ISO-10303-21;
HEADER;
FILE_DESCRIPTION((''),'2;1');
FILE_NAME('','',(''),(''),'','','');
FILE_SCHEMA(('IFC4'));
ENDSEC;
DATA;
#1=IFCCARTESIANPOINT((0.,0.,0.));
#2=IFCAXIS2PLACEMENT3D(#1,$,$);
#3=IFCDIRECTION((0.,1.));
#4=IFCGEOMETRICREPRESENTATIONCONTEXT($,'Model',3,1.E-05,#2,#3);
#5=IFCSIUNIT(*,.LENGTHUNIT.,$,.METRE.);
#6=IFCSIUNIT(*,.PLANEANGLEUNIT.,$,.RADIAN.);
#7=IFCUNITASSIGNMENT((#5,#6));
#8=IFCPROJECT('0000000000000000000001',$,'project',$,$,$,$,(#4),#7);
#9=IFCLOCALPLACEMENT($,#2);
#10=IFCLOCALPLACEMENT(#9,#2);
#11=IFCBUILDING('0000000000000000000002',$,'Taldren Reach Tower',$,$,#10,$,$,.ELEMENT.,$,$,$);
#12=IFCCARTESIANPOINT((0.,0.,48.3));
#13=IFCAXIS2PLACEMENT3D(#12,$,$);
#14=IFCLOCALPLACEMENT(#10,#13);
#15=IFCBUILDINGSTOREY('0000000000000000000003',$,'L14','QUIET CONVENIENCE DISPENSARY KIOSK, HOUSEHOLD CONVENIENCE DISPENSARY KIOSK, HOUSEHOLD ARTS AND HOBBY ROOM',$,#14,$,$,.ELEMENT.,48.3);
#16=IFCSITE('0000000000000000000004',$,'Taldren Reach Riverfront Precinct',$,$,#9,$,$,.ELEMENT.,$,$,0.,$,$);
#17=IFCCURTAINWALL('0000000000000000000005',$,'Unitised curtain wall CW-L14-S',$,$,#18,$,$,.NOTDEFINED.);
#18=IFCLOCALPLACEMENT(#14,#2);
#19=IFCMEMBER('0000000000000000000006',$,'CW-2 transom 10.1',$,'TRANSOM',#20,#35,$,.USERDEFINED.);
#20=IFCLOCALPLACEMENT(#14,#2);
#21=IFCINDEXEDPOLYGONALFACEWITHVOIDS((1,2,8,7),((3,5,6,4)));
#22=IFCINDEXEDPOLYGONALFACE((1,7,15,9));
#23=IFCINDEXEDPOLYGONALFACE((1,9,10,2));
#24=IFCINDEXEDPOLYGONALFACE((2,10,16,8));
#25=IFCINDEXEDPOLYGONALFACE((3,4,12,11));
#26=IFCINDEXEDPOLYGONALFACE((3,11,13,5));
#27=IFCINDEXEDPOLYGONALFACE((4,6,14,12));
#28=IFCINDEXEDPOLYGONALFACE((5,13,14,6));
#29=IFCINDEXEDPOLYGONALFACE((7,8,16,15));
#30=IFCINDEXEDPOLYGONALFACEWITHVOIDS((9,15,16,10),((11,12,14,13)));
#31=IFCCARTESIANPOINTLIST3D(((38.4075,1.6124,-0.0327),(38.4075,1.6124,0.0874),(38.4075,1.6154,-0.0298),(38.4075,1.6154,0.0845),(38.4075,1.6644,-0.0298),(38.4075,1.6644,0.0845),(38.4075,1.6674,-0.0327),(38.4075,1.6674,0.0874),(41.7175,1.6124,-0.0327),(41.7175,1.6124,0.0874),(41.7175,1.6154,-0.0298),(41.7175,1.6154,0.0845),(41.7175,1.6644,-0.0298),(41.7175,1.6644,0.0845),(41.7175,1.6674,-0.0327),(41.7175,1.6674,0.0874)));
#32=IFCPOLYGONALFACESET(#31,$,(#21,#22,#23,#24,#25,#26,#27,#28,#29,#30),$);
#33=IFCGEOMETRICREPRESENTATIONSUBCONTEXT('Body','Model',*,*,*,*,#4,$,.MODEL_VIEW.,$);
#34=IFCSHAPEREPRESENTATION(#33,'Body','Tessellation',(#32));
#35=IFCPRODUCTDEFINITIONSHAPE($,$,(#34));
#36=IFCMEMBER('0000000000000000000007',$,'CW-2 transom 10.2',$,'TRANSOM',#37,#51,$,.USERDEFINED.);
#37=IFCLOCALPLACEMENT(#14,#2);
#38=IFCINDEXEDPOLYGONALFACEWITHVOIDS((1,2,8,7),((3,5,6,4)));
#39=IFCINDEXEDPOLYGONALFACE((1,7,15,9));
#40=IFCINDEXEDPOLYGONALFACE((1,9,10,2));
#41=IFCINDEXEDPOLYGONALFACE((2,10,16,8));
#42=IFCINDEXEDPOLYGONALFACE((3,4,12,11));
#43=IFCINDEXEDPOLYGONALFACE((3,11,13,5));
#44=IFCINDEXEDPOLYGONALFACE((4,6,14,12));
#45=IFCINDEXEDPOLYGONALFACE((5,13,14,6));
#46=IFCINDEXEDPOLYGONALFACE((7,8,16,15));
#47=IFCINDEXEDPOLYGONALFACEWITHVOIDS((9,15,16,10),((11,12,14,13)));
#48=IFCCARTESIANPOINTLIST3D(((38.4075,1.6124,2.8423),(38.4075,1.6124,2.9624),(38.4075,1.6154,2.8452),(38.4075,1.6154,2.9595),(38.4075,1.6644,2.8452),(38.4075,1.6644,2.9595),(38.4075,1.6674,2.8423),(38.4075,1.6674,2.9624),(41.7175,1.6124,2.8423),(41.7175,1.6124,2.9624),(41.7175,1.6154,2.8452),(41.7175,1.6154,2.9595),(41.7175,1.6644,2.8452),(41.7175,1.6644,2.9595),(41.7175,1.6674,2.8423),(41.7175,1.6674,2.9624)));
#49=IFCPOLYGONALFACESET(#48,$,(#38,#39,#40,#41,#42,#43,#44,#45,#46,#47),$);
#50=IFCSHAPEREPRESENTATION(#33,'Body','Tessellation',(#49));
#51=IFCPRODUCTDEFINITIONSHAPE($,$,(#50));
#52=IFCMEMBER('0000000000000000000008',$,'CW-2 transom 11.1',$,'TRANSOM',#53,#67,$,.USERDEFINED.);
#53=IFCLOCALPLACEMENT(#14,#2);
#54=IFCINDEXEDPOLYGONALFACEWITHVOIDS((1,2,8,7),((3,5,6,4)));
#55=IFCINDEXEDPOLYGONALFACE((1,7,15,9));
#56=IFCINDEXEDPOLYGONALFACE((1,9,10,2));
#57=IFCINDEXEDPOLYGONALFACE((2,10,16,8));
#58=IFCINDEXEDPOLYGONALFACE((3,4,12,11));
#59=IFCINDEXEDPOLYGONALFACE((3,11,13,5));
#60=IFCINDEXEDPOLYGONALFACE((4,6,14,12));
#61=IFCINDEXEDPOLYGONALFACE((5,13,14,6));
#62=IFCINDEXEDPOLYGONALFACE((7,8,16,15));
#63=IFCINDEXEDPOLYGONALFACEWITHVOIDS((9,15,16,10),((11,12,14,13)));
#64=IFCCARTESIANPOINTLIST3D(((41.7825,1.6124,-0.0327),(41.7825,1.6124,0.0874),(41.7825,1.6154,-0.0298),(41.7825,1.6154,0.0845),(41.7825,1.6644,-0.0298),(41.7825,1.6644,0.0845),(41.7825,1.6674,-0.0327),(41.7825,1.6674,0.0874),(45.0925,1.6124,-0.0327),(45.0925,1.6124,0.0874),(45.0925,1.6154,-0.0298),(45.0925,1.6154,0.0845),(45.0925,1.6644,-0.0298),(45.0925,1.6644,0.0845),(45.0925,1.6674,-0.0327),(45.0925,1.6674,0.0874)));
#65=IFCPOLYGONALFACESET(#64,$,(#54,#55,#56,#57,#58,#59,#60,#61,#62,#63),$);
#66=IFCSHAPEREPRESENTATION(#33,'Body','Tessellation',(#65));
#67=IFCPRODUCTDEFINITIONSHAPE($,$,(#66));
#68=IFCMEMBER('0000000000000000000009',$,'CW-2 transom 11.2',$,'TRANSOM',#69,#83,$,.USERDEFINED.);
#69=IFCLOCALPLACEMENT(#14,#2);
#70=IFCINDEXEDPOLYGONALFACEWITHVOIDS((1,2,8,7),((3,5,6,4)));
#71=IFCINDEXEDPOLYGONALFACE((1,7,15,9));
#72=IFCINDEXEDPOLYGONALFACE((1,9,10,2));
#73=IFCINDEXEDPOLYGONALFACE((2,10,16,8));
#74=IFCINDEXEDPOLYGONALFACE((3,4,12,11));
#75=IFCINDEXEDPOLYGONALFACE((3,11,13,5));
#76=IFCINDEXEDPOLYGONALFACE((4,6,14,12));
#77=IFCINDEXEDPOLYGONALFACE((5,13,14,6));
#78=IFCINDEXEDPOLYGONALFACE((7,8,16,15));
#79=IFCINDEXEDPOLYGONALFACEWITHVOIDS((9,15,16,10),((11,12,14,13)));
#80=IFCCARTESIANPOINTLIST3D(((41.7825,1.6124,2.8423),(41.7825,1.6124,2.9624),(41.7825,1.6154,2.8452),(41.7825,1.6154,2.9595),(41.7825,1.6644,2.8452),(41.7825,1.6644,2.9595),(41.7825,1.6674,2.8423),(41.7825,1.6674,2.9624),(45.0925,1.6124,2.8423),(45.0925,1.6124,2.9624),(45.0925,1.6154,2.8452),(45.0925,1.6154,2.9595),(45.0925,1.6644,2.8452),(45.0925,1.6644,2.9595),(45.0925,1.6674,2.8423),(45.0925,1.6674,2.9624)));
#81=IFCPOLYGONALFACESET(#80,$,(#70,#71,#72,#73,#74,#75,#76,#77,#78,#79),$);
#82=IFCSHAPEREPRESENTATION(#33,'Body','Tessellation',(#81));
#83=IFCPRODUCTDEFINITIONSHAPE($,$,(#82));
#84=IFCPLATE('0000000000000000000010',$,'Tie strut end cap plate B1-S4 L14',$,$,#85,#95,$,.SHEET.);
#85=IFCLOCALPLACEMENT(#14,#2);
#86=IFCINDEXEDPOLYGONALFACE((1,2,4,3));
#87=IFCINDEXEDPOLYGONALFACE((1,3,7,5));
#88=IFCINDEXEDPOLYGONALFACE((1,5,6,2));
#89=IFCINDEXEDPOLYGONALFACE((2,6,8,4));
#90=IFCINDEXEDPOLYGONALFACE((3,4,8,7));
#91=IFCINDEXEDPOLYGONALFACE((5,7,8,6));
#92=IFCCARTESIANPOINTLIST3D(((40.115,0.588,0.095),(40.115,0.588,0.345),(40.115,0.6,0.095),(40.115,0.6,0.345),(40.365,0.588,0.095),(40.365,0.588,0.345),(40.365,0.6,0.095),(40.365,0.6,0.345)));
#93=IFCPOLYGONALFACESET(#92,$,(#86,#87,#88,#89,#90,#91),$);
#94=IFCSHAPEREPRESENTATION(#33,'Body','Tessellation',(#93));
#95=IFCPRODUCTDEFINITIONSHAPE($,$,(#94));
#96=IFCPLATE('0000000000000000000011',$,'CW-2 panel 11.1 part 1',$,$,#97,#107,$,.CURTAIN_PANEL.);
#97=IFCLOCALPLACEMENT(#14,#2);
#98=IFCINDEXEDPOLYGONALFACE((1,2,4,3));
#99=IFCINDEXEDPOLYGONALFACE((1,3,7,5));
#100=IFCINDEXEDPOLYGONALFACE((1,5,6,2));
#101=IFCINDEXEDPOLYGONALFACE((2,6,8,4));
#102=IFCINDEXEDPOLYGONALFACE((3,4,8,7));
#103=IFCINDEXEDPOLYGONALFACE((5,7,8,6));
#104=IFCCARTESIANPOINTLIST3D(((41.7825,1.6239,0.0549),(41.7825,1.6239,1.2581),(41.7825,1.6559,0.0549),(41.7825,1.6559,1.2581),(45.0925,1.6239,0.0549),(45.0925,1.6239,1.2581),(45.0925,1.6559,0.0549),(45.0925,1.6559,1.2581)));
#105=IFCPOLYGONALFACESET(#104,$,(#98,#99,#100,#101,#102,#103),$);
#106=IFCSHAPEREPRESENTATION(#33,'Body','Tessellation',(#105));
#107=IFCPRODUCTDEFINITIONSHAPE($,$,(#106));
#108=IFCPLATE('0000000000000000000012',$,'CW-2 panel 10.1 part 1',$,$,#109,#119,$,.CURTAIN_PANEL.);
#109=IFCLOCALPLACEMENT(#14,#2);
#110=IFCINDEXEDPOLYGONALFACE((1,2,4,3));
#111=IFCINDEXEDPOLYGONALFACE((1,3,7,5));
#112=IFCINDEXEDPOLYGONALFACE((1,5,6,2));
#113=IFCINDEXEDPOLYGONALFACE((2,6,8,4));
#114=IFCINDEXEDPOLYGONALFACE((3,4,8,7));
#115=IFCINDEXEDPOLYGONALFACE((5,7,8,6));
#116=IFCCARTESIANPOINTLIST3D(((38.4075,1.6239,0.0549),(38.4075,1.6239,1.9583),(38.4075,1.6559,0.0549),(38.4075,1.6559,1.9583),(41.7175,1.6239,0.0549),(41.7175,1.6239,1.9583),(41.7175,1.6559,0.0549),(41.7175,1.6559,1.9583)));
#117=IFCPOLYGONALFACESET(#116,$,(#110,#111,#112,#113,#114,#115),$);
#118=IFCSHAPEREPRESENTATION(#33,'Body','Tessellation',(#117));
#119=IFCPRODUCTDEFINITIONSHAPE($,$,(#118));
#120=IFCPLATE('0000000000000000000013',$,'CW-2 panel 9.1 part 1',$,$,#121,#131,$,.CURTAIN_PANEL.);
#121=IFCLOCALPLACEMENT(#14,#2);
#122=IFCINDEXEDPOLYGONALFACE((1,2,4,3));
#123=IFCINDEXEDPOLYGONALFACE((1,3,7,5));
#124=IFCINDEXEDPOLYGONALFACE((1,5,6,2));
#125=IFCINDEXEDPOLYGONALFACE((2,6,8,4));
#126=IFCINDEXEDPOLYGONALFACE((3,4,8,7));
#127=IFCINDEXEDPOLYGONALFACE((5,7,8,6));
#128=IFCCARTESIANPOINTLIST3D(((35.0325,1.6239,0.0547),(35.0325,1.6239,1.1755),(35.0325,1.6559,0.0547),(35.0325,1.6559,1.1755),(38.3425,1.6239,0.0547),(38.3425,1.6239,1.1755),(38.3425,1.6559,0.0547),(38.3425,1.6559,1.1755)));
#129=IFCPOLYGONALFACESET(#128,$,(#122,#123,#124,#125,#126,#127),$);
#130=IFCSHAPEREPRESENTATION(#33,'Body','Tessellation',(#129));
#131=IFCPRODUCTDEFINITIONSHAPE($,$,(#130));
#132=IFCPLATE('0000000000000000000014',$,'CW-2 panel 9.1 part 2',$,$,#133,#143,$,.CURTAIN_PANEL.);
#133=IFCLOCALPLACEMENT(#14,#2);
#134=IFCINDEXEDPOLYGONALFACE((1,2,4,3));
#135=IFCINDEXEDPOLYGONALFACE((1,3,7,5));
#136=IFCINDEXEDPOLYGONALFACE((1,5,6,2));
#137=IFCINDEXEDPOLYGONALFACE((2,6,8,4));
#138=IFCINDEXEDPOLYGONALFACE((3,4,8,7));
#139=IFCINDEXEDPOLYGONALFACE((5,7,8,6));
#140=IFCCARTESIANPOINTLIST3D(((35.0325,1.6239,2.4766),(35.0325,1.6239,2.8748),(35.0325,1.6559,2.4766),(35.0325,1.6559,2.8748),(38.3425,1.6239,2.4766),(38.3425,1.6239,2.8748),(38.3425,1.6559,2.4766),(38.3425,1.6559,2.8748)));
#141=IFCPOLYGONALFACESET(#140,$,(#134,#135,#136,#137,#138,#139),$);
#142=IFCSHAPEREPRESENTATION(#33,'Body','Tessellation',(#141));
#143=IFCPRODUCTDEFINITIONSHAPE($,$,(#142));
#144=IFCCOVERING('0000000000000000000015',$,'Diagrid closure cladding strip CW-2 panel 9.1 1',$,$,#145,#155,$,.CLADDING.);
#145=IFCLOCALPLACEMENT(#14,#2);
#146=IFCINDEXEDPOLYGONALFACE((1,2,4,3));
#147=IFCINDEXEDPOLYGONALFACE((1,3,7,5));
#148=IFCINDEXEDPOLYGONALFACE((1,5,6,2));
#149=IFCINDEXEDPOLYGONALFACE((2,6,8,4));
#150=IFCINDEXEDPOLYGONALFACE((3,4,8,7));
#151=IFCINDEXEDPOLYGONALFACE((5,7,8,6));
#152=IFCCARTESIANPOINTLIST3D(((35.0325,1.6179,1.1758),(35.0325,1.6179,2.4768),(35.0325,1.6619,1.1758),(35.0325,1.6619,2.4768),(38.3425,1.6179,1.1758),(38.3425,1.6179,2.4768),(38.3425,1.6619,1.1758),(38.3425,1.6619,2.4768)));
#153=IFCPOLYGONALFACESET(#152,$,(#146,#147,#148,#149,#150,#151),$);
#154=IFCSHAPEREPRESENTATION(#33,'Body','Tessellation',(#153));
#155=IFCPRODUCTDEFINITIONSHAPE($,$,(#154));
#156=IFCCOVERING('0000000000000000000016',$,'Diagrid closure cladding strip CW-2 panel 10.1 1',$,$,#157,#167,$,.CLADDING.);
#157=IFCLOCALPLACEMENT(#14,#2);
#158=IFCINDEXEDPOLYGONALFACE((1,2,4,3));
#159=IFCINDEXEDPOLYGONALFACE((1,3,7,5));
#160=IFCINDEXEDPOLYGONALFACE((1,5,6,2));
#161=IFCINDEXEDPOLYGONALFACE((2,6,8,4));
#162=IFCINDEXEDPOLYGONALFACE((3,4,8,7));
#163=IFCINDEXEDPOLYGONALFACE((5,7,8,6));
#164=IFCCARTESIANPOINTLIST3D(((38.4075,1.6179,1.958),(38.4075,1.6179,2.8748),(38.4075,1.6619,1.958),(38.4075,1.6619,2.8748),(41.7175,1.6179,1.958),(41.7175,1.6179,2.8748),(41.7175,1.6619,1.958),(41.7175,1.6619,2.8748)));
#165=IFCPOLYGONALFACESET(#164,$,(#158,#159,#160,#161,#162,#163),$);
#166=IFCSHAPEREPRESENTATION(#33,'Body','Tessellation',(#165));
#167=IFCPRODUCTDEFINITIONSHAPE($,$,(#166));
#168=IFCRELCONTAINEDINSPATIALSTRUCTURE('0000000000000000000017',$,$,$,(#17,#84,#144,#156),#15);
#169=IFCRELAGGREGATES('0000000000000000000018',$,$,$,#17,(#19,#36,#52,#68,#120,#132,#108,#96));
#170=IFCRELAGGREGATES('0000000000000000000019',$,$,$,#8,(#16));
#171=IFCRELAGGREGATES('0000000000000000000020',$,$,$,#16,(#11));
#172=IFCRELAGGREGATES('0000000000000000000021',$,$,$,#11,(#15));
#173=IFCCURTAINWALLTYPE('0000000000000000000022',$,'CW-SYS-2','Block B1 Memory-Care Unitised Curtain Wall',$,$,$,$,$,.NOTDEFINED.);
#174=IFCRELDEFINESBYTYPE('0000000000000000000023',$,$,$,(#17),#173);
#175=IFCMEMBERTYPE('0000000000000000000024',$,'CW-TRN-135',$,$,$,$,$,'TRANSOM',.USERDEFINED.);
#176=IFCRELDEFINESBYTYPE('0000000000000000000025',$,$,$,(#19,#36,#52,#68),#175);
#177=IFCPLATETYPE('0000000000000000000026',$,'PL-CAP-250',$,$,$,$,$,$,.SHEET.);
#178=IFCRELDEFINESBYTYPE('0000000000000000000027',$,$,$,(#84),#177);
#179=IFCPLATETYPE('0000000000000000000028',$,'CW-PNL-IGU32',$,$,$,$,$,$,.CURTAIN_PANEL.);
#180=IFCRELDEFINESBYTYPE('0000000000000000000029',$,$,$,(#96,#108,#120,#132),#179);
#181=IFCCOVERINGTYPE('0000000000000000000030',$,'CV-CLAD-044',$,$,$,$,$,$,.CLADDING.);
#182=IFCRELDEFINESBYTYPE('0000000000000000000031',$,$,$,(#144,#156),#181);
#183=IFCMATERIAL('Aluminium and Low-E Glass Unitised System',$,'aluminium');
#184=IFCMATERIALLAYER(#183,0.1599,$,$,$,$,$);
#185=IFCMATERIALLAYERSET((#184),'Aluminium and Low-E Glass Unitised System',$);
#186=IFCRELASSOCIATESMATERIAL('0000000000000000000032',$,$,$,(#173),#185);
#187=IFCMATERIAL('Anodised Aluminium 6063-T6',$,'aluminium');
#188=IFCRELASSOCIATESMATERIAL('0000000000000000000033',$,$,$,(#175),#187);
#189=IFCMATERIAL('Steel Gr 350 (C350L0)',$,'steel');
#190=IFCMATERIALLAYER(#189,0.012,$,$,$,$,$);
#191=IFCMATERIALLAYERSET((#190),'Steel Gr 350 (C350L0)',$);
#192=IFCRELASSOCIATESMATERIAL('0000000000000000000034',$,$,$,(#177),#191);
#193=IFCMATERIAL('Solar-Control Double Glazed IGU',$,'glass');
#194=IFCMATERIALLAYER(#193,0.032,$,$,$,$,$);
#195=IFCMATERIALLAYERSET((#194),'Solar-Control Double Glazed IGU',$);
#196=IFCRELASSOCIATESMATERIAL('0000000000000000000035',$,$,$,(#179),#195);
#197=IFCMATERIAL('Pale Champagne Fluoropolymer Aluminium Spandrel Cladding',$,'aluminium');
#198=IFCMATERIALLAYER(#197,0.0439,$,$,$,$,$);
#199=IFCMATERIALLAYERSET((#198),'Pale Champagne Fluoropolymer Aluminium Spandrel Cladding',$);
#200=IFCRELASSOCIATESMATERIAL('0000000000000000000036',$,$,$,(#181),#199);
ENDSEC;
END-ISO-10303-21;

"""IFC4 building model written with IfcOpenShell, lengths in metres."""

from ifc_helpers import new_model, si_unit, direction, frame, origin, origin_2d, place, context, subcontext, project, spatial, rectangle, hollow_rectangle, extrude, source, transform, mapped, material, layer, layer_set, material_profile, profile_set, type_object, element, aggregate, save


model = new_model("IFC4")

# Units and contexts
model_context = context("Model", 3, precision=1e-05, world=origin(), true_north=direction((0.0, 1.0)))
body_context = subcontext(model_context, "Body", "Model", "MODEL_VIEW")
ifc_project = project(units=[si_unit("LENGTHUNIT", "METRE"), si_unit("PLANEANGLEUNIT", "RADIAN")], contexts=[model_context])

# Site, building, storey
site_placement = place(None, origin())
site = spatial("IfcSite", under=ifc_project, at=site_placement, Name="Taldren Reach Riverfront Precinct", CompositionType="ELEMENT", RefElevation=0.0)
building_placement = place(site_placement, origin())
building = spatial("IfcBuilding", under=site, at=building_placement, Name="Taldren Reach Tower", CompositionType="ELEMENT")
storey_placement = place(building_placement, frame((0.0, 0.0, 48.3)))
storey = spatial("IfcBuildingStorey", under=building, at=storey_placement, Name="L14", Description="QUIET CONVENIENCE DISPENSARY KIOSK, HOUSEHOLD CONVENIENCE DISPENSARY KIOSK, HOUSEHOLD ARTS AND HOBBY ROOM", CompositionType="ELEMENT", Elevation=48.3)

# Shared definitions
ifc_material_1 = material(Name="Steel Gr 350 (C350L0)", Category="steel")

# Curtain wall, members
ifc_material_2 = material(Name="Aluminium and Low-E Glass Unitised System", Category="aluminium")
ifc_layer_1 = layer(ifc_material_2, 0.1599)
ifc_layer_set_1 = layer_set([ifc_layer_1], Name="Aluminium and Low-E Glass Unitised System")
curtain_wall_type = type_object("IfcCurtainWallType", Name="CW-SYS-2", Description="Block B1 Memory-Care Unitised Curtain Wall", PredefinedType="NOTDEFINED", material=ifc_layer_set_1)
curtain_wall_placement = place(storey_placement, origin())
curtain_wall = element("IfcCurtainWall", 1, at=curtain_wall_placement, inside=storey, type_object=curtain_wall_type, Name="Unitised curtain wall CW-L14-S", PredefinedType="NOTDEFINED")
ifc_material_3 = material(Name="Anodised Aluminium 6063-T6", Category="aluminium")
ifc_material_profile_1 = material_profile(ifc_material_3, hollow_rectangle(XDim=0.0549, YDim=0.1201, WallThickness=0.0029, at=origin_2d()), Name="ALU-120x55x3RHS")
ifc_profile_set_1 = profile_set([ifc_material_profile_1], Name="Anodised Aluminium 6063-T6")
member_type_1 = type_object("IfcMemberType", Name="CW-TRN-135", ElementType="TRANSOM", PredefinedType="USERDEFINED", material=ifc_profile_set_1)
shared_shape_1 = source(origin(), body_context, "Body", "SweptSolid", [
    extrude(hollow_rectangle(XDim=0.0549, YDim=0.1201, WallThickness=0.0029, at=origin_2d()), origin(), (0.0, 0.0, 1.0), 3.3101),
])
member_1_placement = place(storey_placement, frame((38.4075, 1.6399, 0.0273), z_axis=(1.0, 0.0, 0.0), x_axis=(0.0, 1.0, 0.0)))
member_1 = element("IfcMember", 2, at=member_1_placement, type_object=member_type_1, Name="CW-2 transom 10.1", ObjectType="TRANSOM", PredefinedType="USERDEFINED", context=body_context, shape_type="MappedRepresentation", body=[
    mapped(shared_shape_1, transform((0.0, 0.0, 0.0), scale=1.0)),
])
member_2_placement = place(storey_placement, frame((38.4075, 1.6399, 2.9023), z_axis=(1.0, 0.0, 0.0), x_axis=(0.0, 1.0, 0.0)))
member_2 = element("IfcMember", 3, at=member_2_placement, type_object=member_type_1, Name="CW-2 transom 10.2", ObjectType="TRANSOM", PredefinedType="USERDEFINED", context=body_context, shape_type="MappedRepresentation", body=[
    mapped(shared_shape_1, transform((0.0, 0.0, 0.0), scale=1.0)),
])
member_3_placement = place(storey_placement, frame((41.7825, 1.6399, 0.0273), z_axis=(1.0, 0.0, 0.0), x_axis=(0.0, 1.0, 0.0)))
member_3 = element("IfcMember", 4, at=member_3_placement, type_object=member_type_1, Name="CW-2 transom 11.1", ObjectType="TRANSOM", PredefinedType="USERDEFINED", context=body_context, shape_type="MappedRepresentation", body=[
    mapped(shared_shape_1, transform((0.0, 0.0, 0.0), scale=1.0)),
])
member_4_placement = place(storey_placement, frame((41.7825, 1.6399, 2.9023), z_axis=(1.0, 0.0, 0.0), x_axis=(0.0, 1.0, 0.0)))
member_4 = element("IfcMember", 5, at=member_4_placement, type_object=member_type_1, Name="CW-2 transom 11.2", ObjectType="TRANSOM", PredefinedType="USERDEFINED", context=body_context, shape_type="MappedRepresentation", body=[
    mapped(shared_shape_1, transform((0.0, 0.0, 0.0), scale=1.0)),
])

# Plates
ifc_layer_2 = layer(ifc_material_1, 0.012)
ifc_layer_set_2 = layer_set([ifc_layer_2], Name="Steel Gr 350 (C350L0)")
plate_type_1 = type_object("IfcPlateType", Name="PL-CAP-250", PredefinedType="SHEET", material=ifc_layer_set_2)
shared_shape_2 = source(origin(), body_context, "Body", "SweptSolid", [
    extrude(rectangle(XDim=0.25, YDim=0.012, at=origin_2d()), origin(), (0.0, 0.0, 1.0), 0.25),
])
plate_1_placement = place(storey_placement, frame((40.24, 0.594, 0.095), z_axis=(0.0, 0.0, 1.0), x_axis=(1.0, 0.0, 0.0)))
element("IfcPlate", 6, at=plate_1_placement, inside=storey, type_object=plate_type_1, Name="Tie strut end cap plate B1-S4 L14", PredefinedType="SHEET", context=body_context, shape_type="MappedRepresentation", body=[
    mapped(shared_shape_2, transform((0.0, 0.0, 0.0), scale=1.0)),
])
ifc_material_4 = material(Name="Solar-Control Double Glazed IGU", Category="glass")
ifc_layer_3 = layer(ifc_material_4, 0.032)
ifc_layer_set_3 = layer_set([ifc_layer_3], Name="Solar-Control Double Glazed IGU")
plate_type_2 = type_object("IfcPlateType", Name="CW-PNL-IGU32", PredefinedType="CURTAIN_PANEL", material=ifc_layer_set_3)
shared_shape_3 = source(origin(), body_context, "Body", "SweptSolid", [
    extrude(rectangle(XDim=3.3101, YDim=0.032, at=origin_2d()), origin(), (0.0, 0.0, 1.0), 1.2031),
])
plate_2_placement = place(storey_placement, frame((43.4375, 1.6399, 0.0549), z_axis=(0.0, 0.0, 1.0), x_axis=(1.0, 0.0, 0.0)))
plate_2 = element("IfcPlate", 7, at=plate_2_placement, type_object=plate_type_2, Name="CW-2 panel 11.1 part 1", PredefinedType="CURTAIN_PANEL", context=body_context, shape_type="MappedRepresentation", body=[
    mapped(shared_shape_3, transform((0.0, 0.0, 0.0), scale=1.0)),
])
shared_shape_4 = source(origin(), body_context, "Body", "SweptSolid", [
    extrude(rectangle(XDim=3.3101, YDim=0.032, at=origin_2d()), origin(), (0.0, 0.0, 1.0), 1.9033),
])
plate_3_placement = place(storey_placement, frame((40.0625, 1.6399, 0.0549), z_axis=(0.0, 0.0, 1.0), x_axis=(1.0, 0.0, 0.0)))
plate_3 = element("IfcPlate", 8, at=plate_3_placement, type_object=plate_type_2, Name="CW-2 panel 10.1 part 1", PredefinedType="CURTAIN_PANEL", context=body_context, shape_type="MappedRepresentation", body=[
    mapped(shared_shape_4, transform((0.0, 0.0, 0.0), scale=1.0)),
])
shared_shape_5 = source(origin(), body_context, "Body", "SweptSolid", [
    extrude(rectangle(XDim=3.3101, YDim=0.032, at=origin_2d()), origin(), (0.0, 0.0, 1.0), 1.1208),
])
plate_4_placement = place(storey_placement, frame((36.6875, 1.6399, 0.0547), z_axis=(0.0, 0.0, 1.0), x_axis=(1.0, 0.0, 0.0)))
plate_4 = element("IfcPlate", 9, at=plate_4_placement, type_object=plate_type_2, Name="CW-2 panel 9.1 part 1", PredefinedType="CURTAIN_PANEL", context=body_context, shape_type="MappedRepresentation", body=[
    mapped(shared_shape_5, transform((0.0, 0.0, 0.0), scale=1.0)),
])
shared_shape_6 = source(origin(), body_context, "Body", "SweptSolid", [
    extrude(rectangle(XDim=3.3101, YDim=0.032, at=origin_2d()), origin(), (0.0, 0.0, 1.0), 0.3982),
])
plate_5_placement = place(storey_placement, frame((36.6875, 1.6399, 2.4766), z_axis=(0.0, 0.0, 1.0), x_axis=(1.0, 0.0, 0.0)))
plate_5 = element("IfcPlate", 10, at=plate_5_placement, type_object=plate_type_2, Name="CW-2 panel 9.1 part 2", PredefinedType="CURTAIN_PANEL", context=body_context, shape_type="MappedRepresentation", body=[
    mapped(shared_shape_6, transform((0.0, 0.0, 0.0), scale=1.0)),
])
aggregate(curtain_wall, [member_1, member_2, member_3, member_4, plate_4, plate_5, plate_3, plate_2])

# Coverings
ifc_material_5 = material(Name="Pale Champagne Fluoropolymer Aluminium Spandrel Cladding", Category="aluminium")
ifc_layer_4 = layer(ifc_material_5, 0.0439)
ifc_layer_set_4 = layer_set([ifc_layer_4], Name="Pale Champagne Fluoropolymer Aluminium Spandrel Cladding")
covering_type = type_object("IfcCoveringType", Name="CV-CLAD-044", PredefinedType="CLADDING", material=ifc_layer_set_4)
shared_shape_7 = source(origin(), body_context, "Body", "SweptSolid", [
    extrude(rectangle(XDim=3.3101, YDim=0.0439, at=origin_2d()), origin(), (0.0, 0.0, 1.0), 1.301),
])
covering_1_placement = place(storey_placement, frame((36.6875, 1.6399, 1.1758), z_axis=(0.0, 0.0, 1.0), x_axis=(1.0, 0.0, 0.0)))
element("IfcCovering", 11, at=covering_1_placement, inside=storey, type_object=covering_type, Name="Diagrid closure cladding strip CW-2 panel 9.1 1", PredefinedType="CLADDING", context=body_context, shape_type="MappedRepresentation", body=[
    mapped(shared_shape_7, transform((0.0, 0.0, 0.0), scale=1.0)),
])
shared_shape_8 = source(origin(), body_context, "Body", "SweptSolid", [
    extrude(rectangle(XDim=3.3101, YDim=0.0439, at=origin_2d()), origin(), (0.0, 0.0, 1.0), 0.9167),
])
covering_2_placement = place(storey_placement, frame((40.0625, 1.6399, 1.958), z_axis=(0.0, 0.0, 1.0), x_axis=(1.0, 0.0, 0.0)))
element("IfcCovering", 12, at=covering_2_placement, inside=storey, type_object=covering_type, Name="Diagrid closure cladding strip CW-2 panel 10.1 1", PredefinedType="CLADDING", context=body_context, shape_type="MappedRepresentation", body=[
    mapped(shared_shape_8, transform((0.0, 0.0, 0.0), scale=1.0)),
])

save(model, "model.ifc")
